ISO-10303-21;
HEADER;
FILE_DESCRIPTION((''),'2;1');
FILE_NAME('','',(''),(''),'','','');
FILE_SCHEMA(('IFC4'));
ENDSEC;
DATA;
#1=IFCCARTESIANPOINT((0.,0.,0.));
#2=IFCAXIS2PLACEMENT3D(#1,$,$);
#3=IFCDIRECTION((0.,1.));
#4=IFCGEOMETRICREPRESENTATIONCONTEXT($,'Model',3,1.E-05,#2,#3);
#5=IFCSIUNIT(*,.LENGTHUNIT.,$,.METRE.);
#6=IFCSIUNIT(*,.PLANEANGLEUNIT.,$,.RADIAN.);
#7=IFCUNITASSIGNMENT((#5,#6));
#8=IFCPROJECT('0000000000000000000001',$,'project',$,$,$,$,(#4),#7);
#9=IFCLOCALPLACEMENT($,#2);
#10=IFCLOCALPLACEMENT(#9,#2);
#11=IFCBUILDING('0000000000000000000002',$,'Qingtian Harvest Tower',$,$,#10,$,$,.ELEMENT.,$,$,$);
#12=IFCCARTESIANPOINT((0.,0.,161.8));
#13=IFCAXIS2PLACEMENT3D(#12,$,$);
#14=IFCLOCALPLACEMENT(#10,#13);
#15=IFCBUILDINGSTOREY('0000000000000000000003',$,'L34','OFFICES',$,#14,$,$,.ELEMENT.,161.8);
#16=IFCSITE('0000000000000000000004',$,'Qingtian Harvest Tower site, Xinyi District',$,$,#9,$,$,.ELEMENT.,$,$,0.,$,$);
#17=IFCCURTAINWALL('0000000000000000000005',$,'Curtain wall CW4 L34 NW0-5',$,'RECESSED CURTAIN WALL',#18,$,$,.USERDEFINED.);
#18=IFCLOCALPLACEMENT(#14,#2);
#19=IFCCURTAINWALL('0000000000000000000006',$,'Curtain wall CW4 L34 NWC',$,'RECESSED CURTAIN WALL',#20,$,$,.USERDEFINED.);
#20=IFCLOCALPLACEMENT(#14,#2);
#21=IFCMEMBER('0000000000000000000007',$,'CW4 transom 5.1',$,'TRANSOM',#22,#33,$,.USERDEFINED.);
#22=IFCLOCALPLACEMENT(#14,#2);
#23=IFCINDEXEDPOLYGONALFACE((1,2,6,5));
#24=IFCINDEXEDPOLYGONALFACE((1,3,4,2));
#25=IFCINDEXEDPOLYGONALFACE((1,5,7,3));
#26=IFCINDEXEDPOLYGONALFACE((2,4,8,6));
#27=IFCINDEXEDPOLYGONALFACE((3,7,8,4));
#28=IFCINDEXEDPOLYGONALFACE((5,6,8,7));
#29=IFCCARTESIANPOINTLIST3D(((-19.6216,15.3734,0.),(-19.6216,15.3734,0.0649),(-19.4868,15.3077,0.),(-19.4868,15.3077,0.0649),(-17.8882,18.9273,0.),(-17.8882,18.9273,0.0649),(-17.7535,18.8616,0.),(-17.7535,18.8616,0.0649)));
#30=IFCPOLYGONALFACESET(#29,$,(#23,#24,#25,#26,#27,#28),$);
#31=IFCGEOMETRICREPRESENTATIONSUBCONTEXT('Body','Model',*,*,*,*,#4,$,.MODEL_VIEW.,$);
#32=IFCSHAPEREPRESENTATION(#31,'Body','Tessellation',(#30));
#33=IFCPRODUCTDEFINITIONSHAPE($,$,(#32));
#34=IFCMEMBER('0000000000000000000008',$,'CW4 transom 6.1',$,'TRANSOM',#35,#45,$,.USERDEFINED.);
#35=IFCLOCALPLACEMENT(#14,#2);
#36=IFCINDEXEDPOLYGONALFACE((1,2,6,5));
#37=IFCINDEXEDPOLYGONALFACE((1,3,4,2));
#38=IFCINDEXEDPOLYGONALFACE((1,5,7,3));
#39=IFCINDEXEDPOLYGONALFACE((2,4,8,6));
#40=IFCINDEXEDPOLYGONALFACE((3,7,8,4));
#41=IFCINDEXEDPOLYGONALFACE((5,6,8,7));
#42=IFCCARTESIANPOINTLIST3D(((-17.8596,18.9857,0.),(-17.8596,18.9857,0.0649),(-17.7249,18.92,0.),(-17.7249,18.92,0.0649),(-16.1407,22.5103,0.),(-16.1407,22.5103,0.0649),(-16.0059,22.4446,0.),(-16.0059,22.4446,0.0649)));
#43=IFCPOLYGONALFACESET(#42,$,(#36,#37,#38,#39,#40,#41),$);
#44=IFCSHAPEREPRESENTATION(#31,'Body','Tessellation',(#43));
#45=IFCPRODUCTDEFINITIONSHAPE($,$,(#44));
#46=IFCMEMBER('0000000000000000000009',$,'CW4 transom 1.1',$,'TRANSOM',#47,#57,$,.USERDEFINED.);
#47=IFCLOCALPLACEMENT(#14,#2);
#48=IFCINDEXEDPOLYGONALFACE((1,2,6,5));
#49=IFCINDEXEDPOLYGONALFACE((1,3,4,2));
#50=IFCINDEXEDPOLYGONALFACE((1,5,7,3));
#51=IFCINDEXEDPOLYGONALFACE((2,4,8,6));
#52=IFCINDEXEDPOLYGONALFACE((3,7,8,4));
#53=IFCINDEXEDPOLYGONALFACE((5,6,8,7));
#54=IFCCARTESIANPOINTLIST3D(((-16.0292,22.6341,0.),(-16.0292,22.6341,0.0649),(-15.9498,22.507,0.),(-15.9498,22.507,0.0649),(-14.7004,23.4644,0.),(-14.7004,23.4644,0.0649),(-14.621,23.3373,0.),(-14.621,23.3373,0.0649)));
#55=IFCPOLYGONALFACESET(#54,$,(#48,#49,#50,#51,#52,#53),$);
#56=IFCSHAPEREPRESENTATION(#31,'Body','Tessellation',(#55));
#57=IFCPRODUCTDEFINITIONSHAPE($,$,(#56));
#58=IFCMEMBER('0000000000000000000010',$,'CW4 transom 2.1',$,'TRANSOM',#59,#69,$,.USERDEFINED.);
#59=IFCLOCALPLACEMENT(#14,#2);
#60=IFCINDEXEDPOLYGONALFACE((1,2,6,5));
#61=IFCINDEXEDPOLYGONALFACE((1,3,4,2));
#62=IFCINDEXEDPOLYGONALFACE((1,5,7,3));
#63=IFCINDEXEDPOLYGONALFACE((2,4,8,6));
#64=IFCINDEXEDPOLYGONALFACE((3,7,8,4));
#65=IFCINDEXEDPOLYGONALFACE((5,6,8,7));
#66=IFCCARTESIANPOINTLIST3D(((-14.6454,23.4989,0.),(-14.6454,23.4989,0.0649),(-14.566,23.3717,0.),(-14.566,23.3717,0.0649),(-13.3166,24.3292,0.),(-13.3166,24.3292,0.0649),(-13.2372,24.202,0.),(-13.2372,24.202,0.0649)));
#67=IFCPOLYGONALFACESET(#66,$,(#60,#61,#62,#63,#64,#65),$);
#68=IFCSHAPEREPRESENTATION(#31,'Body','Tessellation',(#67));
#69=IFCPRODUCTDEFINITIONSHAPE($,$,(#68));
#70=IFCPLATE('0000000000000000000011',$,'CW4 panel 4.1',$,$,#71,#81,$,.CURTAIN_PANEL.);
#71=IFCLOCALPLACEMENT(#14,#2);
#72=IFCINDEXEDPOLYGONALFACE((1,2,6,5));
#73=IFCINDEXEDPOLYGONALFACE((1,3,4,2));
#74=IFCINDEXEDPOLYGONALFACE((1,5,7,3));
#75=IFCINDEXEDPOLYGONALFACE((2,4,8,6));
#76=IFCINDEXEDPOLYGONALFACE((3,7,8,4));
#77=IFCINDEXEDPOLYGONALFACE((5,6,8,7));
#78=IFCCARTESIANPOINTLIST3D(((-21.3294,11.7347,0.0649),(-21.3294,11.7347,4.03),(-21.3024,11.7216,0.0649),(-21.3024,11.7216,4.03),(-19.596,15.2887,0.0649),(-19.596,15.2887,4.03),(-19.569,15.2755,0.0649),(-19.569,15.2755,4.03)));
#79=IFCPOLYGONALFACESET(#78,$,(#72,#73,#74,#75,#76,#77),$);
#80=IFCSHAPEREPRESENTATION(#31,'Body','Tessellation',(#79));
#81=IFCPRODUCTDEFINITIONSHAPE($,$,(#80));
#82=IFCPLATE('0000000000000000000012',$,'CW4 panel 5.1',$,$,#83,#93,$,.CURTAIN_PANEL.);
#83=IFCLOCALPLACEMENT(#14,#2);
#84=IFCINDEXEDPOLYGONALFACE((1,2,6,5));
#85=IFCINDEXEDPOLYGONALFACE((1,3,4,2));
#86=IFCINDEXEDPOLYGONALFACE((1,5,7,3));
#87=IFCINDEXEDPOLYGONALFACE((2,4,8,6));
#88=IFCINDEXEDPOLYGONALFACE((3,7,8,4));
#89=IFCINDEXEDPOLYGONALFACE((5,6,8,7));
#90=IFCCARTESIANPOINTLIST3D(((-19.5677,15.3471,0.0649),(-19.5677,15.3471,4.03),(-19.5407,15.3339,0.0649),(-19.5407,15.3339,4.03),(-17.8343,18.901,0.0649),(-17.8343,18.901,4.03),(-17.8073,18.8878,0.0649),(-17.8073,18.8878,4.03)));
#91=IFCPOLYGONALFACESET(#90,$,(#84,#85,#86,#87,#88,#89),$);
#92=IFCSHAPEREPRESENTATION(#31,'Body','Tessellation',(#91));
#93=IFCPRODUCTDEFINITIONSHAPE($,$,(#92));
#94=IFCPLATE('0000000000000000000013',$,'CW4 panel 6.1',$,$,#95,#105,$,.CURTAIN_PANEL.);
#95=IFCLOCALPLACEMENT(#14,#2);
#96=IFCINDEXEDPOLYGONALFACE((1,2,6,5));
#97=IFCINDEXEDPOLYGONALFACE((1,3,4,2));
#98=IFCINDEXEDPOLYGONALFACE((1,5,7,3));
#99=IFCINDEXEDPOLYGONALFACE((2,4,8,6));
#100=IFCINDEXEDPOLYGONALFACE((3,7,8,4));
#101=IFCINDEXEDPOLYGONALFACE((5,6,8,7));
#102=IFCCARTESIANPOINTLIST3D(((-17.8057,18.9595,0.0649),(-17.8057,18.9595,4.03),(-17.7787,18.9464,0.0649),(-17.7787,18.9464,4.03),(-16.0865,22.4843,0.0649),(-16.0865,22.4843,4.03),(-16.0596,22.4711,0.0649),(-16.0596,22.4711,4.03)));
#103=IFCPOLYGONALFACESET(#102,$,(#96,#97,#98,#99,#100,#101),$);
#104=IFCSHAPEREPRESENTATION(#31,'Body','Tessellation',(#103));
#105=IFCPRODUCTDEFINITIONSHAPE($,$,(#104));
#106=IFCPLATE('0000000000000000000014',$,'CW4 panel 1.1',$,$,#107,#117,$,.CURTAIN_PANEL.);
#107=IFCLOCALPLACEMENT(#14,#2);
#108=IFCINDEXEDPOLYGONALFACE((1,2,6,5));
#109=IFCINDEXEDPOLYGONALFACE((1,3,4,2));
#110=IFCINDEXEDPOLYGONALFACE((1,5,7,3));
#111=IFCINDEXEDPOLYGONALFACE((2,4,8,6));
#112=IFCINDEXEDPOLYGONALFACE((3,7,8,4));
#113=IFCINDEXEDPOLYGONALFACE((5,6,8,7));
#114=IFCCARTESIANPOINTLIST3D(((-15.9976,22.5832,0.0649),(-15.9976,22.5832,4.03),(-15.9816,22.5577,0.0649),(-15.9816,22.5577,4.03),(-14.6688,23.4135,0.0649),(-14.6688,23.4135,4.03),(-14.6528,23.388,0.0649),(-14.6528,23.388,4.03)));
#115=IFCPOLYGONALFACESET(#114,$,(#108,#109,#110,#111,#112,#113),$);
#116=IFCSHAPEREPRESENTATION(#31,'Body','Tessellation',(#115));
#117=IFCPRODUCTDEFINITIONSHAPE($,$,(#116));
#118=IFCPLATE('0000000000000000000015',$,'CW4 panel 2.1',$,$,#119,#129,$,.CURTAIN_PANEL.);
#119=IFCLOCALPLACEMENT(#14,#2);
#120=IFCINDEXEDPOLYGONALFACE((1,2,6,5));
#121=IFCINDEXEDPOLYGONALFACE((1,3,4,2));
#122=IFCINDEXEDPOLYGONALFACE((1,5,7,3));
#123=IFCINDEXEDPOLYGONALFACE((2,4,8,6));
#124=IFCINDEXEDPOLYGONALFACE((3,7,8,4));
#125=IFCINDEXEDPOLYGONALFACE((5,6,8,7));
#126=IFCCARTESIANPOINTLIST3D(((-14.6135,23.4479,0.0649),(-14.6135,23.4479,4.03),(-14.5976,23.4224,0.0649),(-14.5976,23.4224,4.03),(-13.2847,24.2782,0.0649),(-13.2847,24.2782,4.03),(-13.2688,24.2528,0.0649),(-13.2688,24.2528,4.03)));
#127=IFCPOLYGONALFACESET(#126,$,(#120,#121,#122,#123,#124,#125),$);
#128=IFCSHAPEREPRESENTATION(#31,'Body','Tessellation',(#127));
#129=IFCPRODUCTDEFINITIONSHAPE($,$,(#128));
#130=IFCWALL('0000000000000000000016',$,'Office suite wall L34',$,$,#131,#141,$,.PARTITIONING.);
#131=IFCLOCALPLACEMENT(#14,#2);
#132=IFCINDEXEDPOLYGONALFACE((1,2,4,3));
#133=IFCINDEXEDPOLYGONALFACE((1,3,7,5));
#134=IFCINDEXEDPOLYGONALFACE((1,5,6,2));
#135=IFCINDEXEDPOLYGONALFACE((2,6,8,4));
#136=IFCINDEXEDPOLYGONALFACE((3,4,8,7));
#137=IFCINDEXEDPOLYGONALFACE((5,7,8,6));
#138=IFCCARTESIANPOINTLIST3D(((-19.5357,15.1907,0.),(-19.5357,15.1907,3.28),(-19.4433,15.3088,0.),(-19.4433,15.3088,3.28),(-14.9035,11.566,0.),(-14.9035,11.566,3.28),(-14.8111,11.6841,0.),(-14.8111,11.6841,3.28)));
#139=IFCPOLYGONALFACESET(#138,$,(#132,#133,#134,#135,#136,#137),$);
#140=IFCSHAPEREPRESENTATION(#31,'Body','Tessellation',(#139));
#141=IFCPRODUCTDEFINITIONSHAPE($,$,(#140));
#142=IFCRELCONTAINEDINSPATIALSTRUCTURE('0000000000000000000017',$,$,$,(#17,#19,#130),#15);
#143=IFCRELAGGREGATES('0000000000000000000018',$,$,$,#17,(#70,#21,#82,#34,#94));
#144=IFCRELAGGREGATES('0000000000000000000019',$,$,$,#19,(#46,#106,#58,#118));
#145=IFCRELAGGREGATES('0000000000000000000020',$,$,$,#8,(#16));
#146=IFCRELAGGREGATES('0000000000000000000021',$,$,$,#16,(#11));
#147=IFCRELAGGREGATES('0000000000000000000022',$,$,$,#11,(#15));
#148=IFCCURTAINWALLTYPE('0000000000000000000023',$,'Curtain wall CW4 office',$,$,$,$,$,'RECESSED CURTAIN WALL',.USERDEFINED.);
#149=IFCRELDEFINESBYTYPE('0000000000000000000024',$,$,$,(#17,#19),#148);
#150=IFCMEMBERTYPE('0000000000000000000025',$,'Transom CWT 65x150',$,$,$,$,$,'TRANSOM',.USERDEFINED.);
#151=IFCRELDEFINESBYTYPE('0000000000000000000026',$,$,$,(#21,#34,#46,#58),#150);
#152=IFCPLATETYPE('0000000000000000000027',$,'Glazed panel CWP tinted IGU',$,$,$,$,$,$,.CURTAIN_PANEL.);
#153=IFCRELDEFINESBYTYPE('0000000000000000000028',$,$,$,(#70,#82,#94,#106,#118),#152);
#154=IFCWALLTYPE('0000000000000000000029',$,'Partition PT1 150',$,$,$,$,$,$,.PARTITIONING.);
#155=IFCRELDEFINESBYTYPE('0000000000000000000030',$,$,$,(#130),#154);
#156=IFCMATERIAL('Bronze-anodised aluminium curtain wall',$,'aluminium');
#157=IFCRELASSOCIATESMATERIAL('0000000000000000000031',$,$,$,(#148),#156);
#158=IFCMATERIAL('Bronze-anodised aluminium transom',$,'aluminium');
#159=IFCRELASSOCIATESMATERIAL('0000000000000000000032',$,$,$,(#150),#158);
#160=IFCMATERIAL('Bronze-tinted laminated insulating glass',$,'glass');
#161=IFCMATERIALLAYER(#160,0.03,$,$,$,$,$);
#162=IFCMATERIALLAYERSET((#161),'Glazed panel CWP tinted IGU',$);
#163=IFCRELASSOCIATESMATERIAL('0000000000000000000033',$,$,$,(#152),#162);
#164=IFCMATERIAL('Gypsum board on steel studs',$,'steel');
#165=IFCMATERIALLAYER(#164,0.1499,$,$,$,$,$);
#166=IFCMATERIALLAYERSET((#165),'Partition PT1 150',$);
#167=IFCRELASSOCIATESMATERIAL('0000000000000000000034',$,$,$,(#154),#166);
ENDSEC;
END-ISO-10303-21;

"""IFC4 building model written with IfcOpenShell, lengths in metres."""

from ifc_helpers import new_model, si_unit, direction, frame, frame_2d, origin, origin_2d, place, context, subcontext, project, spatial, rectangle, extrude, material, layer, layer_set, material_profile, profile_set, type_object, element, aggregate, save


model = new_model("IFC4")

# Units and contexts
model_context = context("Model", 3, precision=1e-05, world=origin(), true_north=direction((0.0, 1.0)))
body_context = subcontext(model_context, "Body", "Model", "MODEL_VIEW")
ifc_project = project(units=[si_unit("LENGTHUNIT", "METRE"), si_unit("PLANEANGLEUNIT", "RADIAN")], contexts=[model_context])

# Site, building, storey
site_placement = place(None, origin())
site = spatial("IfcSite", under=ifc_project, at=site_placement, Name="Qingtian Harvest Tower site, Xinyi District", CompositionType="ELEMENT", RefElevation=0.0)
building_placement = place(site_placement, origin())
building = spatial("IfcBuilding", under=site, at=building_placement, Name="Qingtian Harvest Tower", CompositionType="ELEMENT")
storey_placement = place(building_placement, frame((0.0, 0.0, 161.8)))
storey = spatial("IfcBuildingStorey", under=building, at=storey_placement, Name="L34", Description="OFFICES", CompositionType="ELEMENT", Elevation=161.8)

# Curtain walls
ifc_material_1 = material(Name="Bronze-anodised aluminium curtain wall", Category="aluminium")
curtain_wall_type = type_object("IfcCurtainWallType", Name="Curtain wall CW4 office", ElementType="RECESSED CURTAIN WALL", PredefinedType="USERDEFINED", material=ifc_material_1)
curtain_wall_1_placement = place(storey_placement, origin())
curtain_wall_1 = element("IfcCurtainWall", 1, at=curtain_wall_1_placement, inside=storey, type_object=curtain_wall_type, Name="Curtain wall CW4 L34 NW0-5", ObjectType="RECESSED CURTAIN WALL", PredefinedType="USERDEFINED")
curtain_wall_2_placement = place(storey_placement, origin())
curtain_wall_2 = element("IfcCurtainWall", 2, at=curtain_wall_2_placement, inside=storey, type_object=curtain_wall_type, Name="Curtain wall CW4 L34 NWC", ObjectType="RECESSED CURTAIN WALL", PredefinedType="USERDEFINED")

# Members
ifc_material_2 = material(Name="Bronze-anodised aluminium transom", Category="aluminium")
ifc_material_profile_1 = material_profile(ifc_material_2, rectangle(XDim=0.1499, YDim=0.0649, at=origin_2d()), Name="AL 65x150")
ifc_profile_set_1 = profile_set([ifc_material_profile_1], Name="Bronze-anodised aluminium transom")
member_type_1 = type_object("IfcMemberType", Name="Transom CWT 65x150", ElementType="TRANSOM", PredefinedType="USERDEFINED", material=ifc_profile_set_1)
member_1_placement = place(storey_placement, frame((-19.5542, 15.3406, 0.0325), z_axis=(0.438375, 0.898792, 0.0), x_axis=(-0.898792, 0.438375, 0.0)))
member_1 = element("IfcMember", 3, at=member_1_placement, type_object=member_type_1, Name="CW4 transom 5.1", ObjectType="TRANSOM", PredefinedType="USERDEFINED", context=body_context, shape_type="SweptSolid", body=[
    extrude(rectangle(XDim=0.1499, YDim=0.0649, at=origin_2d()), origin(), (0.0, 0.0, 1.0), 3.9541),
])
member_2_placement = place(storey_placement, frame((-17.7922, 18.9529, 0.0325), z_axis=(0.438351, 0.898804, 0.0), x_axis=(-0.898804, 0.438351, 0.0)))
member_2 = element("IfcMember", 4, at=member_2_placement, type_object=member_type_1, Name="CW4 transom 6.1", ObjectType="TRANSOM", PredefinedType="USERDEFINED", context=body_context, shape_type="SweptSolid", body=[
    extrude(rectangle(XDim=0.1499, YDim=0.0649, at=origin_2d()), origin(), (0.0, 0.0, 1.0), 3.9214),
])
member_3_placement = place(storey_placement, frame((-15.9895, 22.5706, 0.0325), z_axis=(0.84806, 0.529901, 0.0), x_axis=(-0.529901, 0.84806, 0.0)))
member_3 = element("IfcMember", 5, at=member_3_placement, type_object=member_type_1, Name="CW4 transom 1.1", ObjectType="TRANSOM", PredefinedType="USERDEFINED", context=body_context, shape_type="SweptSolid", body=[
    extrude(rectangle(XDim=0.1499, YDim=0.0649, at=origin_2d()), origin(), (0.0, 0.0, 1.0), 1.5669),
])
member_4_placement = place(storey_placement, frame((-14.6057, 23.4353, 0.0325), z_axis=(0.84806, 0.529901, 0.0), x_axis=(-0.529901, 0.84806, 0.0)))
member_4 = element("IfcMember", 6, at=member_4_placement, type_object=member_type_1, Name="CW4 transom 2.1", ObjectType="TRANSOM", PredefinedType="USERDEFINED", context=body_context, shape_type="SweptSolid", body=[
    extrude(rectangle(XDim=0.1499, YDim=0.0649, at=origin_2d()), origin(), (0.0, 0.0, 1.0), 1.5669),
])

# Plates
ifc_material_3 = material(Name="Bronze-tinted laminated insulating glass", Category="glass")
ifc_layer_1 = layer(ifc_material_3, 0.03)
ifc_layer_set_1 = layer_set([ifc_layer_1], Name="Glazed panel CWP tinted IGU")
plate_type = type_object("IfcPlateType", Name="Glazed panel CWP tinted IGU", PredefinedType="CURTAIN_PANEL", material=ifc_layer_set_1)
plate_1_placement = place(storey_placement, frame((-20.4492, 13.5051, 0.0649), z_axis=(0.0, 0.0, 1.0), x_axis=(0.438371, 0.898794, 0.0)))
plate_1 = element("IfcPlate", 7, at=plate_1_placement, type_object=plate_type, Name="CW4 panel 4.1", PredefinedType="CURTAIN_PANEL", context=body_context, shape_type="SweptSolid", body=[
    extrude(rectangle(XDim=3.9541, YDim=0.03, at=origin_2d()), origin(), (0.0, 0.0, 1.0), 3.9651),
])
plate_2_placement = place(storey_placement, frame((-18.6875, 17.1174, 0.0649), z_axis=(0.0, 0.0, 1.0), x_axis=(0.438371, 0.898794, 0.0)))
plate_2 = element("IfcPlate", 8, at=plate_2_placement, type_object=plate_type, Name="CW4 panel 5.1", PredefinedType="CURTAIN_PANEL", context=body_context, shape_type="SweptSolid", body=[
    extrude(rectangle(XDim=3.9541, YDim=0.03, at=origin_2d()), origin(), (0.0, 0.0, 1.0), 3.9651),
])
plate_3_placement = place(storey_placement, frame((-16.9326, 20.7153, 0.0649), z_axis=(0.0, 0.0, 1.0), x_axis=(0.438371, 0.898794, 0.0)))
plate_3 = element("IfcPlate", 9, at=plate_3_placement, type_object=plate_type, Name="CW4 panel 6.1", PredefinedType="CURTAIN_PANEL", context=body_context, shape_type="SweptSolid", body=[
    extrude(rectangle(XDim=3.9216, YDim=0.03, at=origin_2d()), origin(), (0.0, 0.0, 1.0), 3.9651),
])
aggregate(curtain_wall_1, [plate_1, member_1, plate_2, member_2, plate_3])
plate_4_placement = place(storey_placement, frame((-15.3252, 22.9856, 0.0649), z_axis=(0.0, 0.0, 1.0), x_axis=(0.848048, 0.529919, 0.0)))
plate_4 = element("IfcPlate", 10, at=plate_4_placement, type_object=plate_type, Name="CW4 panel 1.1", PredefinedType="CURTAIN_PANEL", context=body_context, shape_type="SweptSolid", body=[
    extrude(rectangle(XDim=1.5669, YDim=0.03, at=origin_2d()), origin(), (0.0, 0.0, 1.0), 3.9651),
])
plate_5_placement = place(storey_placement, frame((-13.9412, 23.8503, 0.0649), z_axis=(0.0, 0.0, 1.0), x_axis=(0.848048, 0.529919, 0.0)))
plate_5 = element("IfcPlate", 11, at=plate_5_placement, type_object=plate_type, Name="CW4 panel 2.1", PredefinedType="CURTAIN_PANEL", context=body_context, shape_type="SweptSolid", body=[
    extrude(rectangle(XDim=1.5669, YDim=0.03, at=origin_2d()), origin(), (0.0, 0.0, 1.0), 3.9651),
])
aggregate(curtain_wall_2, [member_3, plate_4, member_4, plate_5])

# Wall
ifc_material_4 = material(Name="Gypsum board on steel studs", Category="steel")
ifc_layer_2 = layer(ifc_material_4, 0.1499)
ifc_layer_set_2 = layer_set([ifc_layer_2], Name="Partition PT1 150")
wall_type = type_object("IfcWallType", Name="Partition PT1 150", PredefinedType="PARTITIONING", material=ifc_layer_set_2)
wall_placement = place(storey_placement, frame((-19.4895, 15.2498, 0.0), z_axis=(0.0, 0.0, 1.0), x_axis=(0.78755, -0.616251, 0.0)))
element("IfcWall", 12, at=wall_placement, inside=storey, type_object=wall_type, Name="Office suite wall L34", PredefinedType="PARTITIONING", context=body_context, shape_type="SweptSolid", body=[
    extrude(rectangle(XDim=5.8818, YDim=0.1499, at=frame_2d((2.9409, 0.0))), origin(), (0.0, 0.0, 1.0), 3.28),
])

save(model, "model.ifc")
